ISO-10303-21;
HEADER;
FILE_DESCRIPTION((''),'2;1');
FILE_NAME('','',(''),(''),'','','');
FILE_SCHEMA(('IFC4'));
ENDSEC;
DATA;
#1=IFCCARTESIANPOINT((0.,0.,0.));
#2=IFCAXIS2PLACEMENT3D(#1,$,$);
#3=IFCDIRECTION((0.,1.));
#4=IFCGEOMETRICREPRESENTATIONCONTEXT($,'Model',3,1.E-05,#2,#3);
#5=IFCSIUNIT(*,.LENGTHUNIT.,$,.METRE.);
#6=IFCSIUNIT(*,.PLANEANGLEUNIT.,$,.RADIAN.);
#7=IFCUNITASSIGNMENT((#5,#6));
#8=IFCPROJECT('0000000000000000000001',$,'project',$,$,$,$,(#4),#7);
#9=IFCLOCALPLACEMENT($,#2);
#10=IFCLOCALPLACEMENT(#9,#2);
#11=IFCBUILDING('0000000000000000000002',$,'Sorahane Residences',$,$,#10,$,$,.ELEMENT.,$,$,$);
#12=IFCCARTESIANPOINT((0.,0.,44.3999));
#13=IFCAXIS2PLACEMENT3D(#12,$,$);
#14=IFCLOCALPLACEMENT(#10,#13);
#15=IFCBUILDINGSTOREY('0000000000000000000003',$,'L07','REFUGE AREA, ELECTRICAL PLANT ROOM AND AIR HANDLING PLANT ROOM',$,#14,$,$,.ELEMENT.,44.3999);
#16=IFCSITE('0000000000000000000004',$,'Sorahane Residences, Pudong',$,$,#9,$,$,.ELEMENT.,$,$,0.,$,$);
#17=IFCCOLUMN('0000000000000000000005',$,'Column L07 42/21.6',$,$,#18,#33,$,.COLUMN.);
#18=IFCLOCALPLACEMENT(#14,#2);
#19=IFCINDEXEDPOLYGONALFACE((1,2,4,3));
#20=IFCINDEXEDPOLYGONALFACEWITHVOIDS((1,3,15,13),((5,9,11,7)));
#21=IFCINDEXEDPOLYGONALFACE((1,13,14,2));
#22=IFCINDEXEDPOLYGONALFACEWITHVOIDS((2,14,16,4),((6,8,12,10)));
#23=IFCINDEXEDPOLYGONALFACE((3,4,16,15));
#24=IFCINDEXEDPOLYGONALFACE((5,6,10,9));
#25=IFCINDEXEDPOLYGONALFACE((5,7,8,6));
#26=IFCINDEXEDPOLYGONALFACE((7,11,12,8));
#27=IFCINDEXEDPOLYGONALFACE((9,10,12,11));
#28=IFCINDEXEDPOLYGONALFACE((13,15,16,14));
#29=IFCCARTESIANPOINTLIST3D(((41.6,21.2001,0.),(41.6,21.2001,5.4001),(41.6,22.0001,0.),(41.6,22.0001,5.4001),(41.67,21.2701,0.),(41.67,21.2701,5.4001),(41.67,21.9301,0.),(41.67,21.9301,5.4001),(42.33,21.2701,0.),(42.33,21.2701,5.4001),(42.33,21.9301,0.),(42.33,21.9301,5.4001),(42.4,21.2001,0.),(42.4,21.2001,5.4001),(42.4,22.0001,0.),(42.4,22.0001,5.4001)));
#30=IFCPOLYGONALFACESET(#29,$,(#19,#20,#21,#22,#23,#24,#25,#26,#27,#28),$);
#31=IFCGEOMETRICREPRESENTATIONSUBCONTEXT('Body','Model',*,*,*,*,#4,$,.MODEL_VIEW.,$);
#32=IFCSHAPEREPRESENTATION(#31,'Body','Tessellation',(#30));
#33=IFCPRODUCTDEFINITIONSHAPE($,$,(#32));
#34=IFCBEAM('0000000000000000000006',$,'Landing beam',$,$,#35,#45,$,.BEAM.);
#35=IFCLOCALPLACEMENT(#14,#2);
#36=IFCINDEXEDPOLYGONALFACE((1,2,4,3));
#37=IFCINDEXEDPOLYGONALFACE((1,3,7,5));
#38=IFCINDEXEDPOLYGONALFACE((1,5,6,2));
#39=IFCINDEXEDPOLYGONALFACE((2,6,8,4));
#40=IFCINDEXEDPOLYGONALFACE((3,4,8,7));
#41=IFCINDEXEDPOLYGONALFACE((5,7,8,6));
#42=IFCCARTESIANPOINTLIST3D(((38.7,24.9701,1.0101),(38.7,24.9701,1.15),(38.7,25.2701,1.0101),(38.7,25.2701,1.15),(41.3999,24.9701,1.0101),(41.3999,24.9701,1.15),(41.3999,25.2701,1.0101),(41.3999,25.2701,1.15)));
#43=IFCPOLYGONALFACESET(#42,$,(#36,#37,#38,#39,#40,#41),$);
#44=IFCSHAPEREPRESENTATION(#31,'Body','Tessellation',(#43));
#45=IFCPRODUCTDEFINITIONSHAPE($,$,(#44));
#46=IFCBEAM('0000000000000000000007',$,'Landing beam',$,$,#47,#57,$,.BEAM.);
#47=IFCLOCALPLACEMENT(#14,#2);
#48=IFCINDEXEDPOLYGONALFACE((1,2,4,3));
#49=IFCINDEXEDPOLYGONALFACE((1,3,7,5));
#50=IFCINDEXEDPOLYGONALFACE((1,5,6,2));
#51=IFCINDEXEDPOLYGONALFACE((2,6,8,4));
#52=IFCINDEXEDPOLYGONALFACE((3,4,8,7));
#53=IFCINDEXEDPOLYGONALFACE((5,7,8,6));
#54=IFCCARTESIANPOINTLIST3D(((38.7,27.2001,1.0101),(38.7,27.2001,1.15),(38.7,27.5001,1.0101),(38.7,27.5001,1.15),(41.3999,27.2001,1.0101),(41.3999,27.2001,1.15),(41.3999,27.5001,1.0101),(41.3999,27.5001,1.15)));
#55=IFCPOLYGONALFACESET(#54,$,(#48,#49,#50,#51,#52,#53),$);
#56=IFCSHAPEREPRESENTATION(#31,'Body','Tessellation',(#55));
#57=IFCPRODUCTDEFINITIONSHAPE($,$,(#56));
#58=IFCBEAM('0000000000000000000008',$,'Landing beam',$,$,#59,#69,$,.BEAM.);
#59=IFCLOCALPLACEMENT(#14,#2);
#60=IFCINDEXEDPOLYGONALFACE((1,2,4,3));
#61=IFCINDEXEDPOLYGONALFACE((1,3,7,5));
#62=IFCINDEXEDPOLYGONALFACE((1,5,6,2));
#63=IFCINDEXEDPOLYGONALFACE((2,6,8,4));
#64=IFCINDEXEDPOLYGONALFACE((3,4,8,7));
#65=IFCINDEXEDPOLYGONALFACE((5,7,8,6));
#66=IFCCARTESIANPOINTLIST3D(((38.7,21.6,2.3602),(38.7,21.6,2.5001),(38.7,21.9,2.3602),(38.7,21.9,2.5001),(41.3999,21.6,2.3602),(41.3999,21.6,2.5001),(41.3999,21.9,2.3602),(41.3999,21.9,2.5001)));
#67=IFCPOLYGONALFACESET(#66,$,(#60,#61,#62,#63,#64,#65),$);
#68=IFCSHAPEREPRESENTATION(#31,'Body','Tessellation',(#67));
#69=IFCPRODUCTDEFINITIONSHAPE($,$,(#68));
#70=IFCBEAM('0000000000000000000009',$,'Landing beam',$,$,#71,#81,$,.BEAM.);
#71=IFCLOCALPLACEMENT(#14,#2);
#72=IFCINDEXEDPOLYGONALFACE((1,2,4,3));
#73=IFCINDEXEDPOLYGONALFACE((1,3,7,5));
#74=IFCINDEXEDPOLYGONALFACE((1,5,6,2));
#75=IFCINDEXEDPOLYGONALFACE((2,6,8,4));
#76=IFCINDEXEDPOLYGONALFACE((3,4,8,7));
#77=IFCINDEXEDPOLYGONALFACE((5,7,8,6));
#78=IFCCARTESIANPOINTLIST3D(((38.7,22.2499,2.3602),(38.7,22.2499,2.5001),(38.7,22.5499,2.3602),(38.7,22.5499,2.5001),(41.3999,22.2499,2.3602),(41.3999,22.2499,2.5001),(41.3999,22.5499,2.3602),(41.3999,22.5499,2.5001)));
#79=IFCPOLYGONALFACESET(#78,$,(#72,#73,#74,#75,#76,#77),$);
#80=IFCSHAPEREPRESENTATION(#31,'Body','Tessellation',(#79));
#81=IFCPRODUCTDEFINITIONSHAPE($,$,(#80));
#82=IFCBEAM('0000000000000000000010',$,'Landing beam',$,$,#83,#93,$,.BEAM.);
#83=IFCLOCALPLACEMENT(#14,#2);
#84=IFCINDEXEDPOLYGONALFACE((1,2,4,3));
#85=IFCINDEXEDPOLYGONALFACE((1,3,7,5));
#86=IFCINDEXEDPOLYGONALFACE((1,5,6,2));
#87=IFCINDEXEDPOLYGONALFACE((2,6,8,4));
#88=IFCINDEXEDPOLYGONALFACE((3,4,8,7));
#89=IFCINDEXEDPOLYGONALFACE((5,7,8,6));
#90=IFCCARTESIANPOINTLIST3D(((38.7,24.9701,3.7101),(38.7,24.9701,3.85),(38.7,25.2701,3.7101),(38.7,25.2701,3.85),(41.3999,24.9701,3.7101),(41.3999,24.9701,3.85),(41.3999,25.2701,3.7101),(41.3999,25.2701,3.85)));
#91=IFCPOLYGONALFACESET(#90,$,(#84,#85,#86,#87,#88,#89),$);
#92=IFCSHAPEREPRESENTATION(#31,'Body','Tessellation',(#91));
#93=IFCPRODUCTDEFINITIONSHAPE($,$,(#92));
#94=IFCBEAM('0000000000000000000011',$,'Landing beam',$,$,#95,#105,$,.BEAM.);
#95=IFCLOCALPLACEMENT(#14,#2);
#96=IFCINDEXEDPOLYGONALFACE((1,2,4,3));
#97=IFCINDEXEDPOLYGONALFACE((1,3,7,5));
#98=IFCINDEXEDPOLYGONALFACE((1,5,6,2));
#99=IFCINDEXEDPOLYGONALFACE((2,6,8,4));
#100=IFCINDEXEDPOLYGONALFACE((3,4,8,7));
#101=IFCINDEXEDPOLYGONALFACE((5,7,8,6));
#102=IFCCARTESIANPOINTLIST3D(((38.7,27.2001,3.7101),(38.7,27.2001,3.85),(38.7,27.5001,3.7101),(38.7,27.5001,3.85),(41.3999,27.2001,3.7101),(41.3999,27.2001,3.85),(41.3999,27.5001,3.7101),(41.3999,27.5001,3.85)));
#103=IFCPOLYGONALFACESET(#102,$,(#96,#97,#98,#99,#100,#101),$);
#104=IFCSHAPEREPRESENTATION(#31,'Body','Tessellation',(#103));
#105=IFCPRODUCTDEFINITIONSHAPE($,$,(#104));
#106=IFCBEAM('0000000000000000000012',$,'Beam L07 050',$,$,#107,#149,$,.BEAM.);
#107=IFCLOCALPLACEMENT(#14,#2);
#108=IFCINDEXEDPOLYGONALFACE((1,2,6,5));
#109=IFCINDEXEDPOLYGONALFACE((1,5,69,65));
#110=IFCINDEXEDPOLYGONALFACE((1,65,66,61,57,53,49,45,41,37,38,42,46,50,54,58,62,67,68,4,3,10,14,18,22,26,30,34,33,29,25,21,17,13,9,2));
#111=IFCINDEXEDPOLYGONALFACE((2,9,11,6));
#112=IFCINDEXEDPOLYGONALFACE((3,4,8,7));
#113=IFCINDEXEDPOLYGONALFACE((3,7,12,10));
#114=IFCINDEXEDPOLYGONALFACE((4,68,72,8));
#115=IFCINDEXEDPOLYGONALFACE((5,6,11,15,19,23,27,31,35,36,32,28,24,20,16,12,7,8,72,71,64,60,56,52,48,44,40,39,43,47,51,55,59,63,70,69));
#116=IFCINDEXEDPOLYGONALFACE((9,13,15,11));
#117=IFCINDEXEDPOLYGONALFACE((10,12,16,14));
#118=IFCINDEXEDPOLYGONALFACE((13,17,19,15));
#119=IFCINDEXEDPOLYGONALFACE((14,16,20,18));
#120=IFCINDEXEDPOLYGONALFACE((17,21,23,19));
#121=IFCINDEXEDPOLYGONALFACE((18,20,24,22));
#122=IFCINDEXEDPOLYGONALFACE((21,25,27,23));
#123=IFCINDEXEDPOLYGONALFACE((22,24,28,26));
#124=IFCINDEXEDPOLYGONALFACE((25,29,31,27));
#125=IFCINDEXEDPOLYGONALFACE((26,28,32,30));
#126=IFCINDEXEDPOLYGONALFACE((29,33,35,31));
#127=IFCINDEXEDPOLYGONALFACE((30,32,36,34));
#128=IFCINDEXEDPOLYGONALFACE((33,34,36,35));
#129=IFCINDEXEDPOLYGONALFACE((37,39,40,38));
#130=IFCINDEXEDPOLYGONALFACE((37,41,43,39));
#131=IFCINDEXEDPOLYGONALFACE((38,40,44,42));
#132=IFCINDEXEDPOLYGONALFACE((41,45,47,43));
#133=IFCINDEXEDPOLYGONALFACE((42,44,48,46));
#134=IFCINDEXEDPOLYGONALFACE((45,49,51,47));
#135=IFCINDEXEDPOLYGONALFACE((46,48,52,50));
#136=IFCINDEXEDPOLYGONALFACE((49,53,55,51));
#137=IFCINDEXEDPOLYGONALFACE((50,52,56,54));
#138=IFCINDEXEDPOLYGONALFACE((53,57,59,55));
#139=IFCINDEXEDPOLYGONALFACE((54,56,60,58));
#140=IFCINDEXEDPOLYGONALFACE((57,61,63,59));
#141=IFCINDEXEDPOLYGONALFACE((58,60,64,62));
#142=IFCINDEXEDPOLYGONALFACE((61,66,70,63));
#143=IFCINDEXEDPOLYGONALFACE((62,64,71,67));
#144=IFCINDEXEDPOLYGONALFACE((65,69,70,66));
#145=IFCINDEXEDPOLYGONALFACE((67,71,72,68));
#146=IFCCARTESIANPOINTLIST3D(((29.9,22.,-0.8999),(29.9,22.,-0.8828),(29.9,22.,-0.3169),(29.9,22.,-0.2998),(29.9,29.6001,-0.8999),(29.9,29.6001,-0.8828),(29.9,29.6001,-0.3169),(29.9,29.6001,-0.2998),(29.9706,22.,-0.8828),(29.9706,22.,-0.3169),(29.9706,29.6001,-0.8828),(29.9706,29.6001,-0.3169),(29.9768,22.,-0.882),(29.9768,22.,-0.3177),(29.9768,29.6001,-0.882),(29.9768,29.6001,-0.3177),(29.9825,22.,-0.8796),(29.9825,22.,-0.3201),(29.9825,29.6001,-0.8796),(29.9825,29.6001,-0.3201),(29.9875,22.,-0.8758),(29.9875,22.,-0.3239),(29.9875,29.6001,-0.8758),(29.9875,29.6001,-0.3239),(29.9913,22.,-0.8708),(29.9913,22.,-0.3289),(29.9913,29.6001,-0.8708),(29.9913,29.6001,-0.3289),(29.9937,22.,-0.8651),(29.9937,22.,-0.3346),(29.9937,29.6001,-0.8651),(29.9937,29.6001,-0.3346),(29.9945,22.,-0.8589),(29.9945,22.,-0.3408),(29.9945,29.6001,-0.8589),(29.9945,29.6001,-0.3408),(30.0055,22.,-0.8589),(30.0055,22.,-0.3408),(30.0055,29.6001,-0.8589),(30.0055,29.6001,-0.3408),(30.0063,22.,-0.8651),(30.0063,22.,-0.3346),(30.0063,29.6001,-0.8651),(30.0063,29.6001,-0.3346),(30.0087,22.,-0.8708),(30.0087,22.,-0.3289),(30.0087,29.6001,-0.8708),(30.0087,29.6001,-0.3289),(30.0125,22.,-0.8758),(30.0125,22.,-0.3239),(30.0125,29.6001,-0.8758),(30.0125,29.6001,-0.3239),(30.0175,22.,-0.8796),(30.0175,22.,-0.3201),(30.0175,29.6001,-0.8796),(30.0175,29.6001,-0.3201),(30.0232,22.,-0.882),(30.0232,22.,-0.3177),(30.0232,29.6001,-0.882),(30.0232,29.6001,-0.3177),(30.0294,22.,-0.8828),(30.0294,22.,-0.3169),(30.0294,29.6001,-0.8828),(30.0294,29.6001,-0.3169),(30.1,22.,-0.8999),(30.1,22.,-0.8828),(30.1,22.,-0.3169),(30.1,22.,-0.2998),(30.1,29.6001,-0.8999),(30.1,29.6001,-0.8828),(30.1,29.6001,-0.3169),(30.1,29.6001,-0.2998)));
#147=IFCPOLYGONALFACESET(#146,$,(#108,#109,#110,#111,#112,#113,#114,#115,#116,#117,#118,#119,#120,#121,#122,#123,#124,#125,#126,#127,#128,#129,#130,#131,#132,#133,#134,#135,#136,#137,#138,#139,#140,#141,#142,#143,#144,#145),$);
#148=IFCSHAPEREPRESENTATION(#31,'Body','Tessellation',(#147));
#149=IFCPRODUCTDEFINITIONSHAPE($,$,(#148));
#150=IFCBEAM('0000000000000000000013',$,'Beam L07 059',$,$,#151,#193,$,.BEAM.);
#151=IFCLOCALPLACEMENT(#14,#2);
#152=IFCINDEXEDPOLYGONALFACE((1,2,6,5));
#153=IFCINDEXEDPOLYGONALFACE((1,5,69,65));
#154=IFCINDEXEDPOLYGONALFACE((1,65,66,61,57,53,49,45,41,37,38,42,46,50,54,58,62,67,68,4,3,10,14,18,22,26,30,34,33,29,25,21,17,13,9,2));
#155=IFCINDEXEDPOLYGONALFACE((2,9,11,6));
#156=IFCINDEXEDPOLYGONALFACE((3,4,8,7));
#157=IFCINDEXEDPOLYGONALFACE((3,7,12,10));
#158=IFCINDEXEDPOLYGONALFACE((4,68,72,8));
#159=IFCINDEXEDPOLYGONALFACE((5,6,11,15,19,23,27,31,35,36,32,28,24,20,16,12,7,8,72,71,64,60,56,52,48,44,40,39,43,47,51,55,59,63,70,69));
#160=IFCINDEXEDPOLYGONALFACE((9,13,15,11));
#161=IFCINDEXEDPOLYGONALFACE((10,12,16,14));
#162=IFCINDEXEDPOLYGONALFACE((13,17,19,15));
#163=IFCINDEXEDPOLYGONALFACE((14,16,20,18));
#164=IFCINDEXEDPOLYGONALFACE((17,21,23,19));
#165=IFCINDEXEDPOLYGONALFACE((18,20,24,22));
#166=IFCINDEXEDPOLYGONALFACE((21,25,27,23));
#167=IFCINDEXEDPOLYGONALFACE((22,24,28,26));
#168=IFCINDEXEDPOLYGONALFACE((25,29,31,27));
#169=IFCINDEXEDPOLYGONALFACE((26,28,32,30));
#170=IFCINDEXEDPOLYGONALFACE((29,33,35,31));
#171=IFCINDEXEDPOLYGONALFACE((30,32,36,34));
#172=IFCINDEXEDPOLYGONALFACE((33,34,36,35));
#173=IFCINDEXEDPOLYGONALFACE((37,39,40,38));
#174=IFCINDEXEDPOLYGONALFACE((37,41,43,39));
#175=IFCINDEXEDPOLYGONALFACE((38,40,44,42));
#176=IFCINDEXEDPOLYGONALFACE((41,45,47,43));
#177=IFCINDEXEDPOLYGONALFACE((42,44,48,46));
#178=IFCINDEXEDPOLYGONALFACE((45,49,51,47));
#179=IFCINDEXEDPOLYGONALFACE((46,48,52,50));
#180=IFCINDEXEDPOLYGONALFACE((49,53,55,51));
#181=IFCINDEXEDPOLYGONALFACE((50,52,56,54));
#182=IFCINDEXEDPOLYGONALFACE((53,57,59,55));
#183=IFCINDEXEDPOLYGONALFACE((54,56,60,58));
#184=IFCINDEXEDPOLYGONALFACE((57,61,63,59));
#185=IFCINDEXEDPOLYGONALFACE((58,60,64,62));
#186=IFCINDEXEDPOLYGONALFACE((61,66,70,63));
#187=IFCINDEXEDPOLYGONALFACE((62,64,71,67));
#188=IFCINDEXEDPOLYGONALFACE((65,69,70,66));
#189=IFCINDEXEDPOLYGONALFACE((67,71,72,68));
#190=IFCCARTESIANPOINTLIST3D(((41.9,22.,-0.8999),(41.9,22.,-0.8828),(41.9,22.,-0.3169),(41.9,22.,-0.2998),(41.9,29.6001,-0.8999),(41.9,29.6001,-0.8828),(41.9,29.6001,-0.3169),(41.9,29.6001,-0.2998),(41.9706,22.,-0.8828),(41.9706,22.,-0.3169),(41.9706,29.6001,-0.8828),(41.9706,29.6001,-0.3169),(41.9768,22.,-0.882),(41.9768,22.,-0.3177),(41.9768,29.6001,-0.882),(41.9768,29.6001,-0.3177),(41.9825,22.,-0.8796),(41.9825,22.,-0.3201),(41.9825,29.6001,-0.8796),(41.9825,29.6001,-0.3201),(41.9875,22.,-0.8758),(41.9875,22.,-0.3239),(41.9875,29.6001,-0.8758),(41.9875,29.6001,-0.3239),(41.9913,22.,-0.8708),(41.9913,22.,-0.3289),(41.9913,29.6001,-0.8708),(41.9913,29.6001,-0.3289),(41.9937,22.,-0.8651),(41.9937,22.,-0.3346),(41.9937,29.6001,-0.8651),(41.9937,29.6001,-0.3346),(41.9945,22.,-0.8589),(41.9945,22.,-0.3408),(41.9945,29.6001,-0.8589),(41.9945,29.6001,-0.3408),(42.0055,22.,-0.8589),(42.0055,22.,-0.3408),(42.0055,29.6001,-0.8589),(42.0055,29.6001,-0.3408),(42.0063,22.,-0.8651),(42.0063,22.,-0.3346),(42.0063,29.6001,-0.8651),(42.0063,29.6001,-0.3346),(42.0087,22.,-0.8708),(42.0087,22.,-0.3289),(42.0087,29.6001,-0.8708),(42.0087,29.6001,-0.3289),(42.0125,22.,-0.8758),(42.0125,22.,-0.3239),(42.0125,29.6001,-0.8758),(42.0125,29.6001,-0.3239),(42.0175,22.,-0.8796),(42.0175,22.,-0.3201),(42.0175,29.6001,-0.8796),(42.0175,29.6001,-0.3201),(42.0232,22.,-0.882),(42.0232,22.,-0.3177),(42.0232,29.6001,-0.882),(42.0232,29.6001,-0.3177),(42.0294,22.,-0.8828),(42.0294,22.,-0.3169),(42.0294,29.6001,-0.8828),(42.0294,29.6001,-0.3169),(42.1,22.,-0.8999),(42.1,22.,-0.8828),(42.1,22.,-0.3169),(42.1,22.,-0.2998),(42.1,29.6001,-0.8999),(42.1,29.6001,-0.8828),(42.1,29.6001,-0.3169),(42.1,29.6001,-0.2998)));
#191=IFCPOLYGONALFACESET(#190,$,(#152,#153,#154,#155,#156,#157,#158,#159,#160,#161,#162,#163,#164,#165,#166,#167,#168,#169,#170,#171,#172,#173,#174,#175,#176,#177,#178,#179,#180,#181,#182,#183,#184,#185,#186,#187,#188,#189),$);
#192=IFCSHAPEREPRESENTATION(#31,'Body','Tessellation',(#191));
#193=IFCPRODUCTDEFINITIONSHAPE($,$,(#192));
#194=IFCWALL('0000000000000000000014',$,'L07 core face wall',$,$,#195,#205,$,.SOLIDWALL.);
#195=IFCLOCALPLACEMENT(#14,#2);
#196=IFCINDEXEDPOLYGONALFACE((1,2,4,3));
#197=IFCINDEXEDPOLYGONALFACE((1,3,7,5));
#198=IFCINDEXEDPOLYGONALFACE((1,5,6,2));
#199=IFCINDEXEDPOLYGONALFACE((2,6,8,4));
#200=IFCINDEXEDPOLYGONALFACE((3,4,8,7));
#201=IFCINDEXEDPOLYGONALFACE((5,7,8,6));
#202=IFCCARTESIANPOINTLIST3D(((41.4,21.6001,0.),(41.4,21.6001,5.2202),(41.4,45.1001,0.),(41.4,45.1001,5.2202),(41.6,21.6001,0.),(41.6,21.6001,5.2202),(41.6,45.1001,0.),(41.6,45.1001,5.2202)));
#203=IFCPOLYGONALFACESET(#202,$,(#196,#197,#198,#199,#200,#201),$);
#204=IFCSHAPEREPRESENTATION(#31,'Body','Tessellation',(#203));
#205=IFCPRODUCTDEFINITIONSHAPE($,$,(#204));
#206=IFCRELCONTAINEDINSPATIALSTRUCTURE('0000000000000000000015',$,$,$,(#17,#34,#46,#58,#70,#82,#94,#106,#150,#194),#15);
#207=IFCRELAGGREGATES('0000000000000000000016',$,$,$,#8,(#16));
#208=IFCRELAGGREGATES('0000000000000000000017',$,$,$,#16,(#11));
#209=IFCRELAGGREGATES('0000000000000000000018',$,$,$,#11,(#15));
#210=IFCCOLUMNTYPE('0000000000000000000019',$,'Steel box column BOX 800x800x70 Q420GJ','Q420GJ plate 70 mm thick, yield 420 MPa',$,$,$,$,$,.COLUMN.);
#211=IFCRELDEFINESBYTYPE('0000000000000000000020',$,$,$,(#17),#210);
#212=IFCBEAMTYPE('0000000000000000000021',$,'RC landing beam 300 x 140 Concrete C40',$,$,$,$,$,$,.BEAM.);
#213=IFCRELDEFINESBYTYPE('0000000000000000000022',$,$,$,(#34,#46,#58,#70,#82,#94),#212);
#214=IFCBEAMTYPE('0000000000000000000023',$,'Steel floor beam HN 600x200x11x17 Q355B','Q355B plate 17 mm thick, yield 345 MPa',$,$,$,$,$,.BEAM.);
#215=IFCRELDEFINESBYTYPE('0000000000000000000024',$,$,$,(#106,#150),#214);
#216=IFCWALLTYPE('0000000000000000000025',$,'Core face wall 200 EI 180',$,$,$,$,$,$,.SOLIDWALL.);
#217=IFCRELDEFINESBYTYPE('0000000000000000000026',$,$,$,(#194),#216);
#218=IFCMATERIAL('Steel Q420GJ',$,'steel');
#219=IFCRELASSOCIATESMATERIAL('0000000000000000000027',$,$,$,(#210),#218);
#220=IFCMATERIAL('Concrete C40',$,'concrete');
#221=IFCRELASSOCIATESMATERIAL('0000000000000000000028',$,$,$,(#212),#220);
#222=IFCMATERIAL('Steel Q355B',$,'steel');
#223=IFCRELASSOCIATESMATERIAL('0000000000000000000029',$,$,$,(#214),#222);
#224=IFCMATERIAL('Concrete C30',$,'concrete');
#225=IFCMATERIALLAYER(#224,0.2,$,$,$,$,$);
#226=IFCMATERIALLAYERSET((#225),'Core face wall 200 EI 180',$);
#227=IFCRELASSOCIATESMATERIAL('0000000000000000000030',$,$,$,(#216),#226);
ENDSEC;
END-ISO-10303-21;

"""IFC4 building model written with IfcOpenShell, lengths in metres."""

from ifc_helpers import new_model, si_unit, direction, frame, frame_2d, origin, origin_2d, place, context, subcontext, project, spatial, rectangle, hollow_rectangle, i_section, extrude, material, layer, layer_set, material_profile, profile_set, type_object, element, save


model = new_model("IFC4")

# Units and contexts
model_context = context("Model", 3, precision=1e-05, world=origin(), true_north=direction((0.0, 1.0)))
body_context = subcontext(model_context, "Body", "Model", "MODEL_VIEW")
ifc_project = project(units=[si_unit("LENGTHUNIT", "METRE"), si_unit("PLANEANGLEUNIT", "RADIAN")], contexts=[model_context])

# Site, building, storey
site_placement = place(None, origin())
site = spatial("IfcSite", under=ifc_project, at=site_placement, Name="Sorahane Residences, Pudong", CompositionType="ELEMENT", RefElevation=0.0)
building_placement = place(site_placement, origin())
building = spatial("IfcBuilding", under=site, at=building_placement, Name="Sorahane Residences", CompositionType="ELEMENT")
storey_placement = place(building_placement, frame((0.0, 0.0, 44.3999)))
storey = spatial("IfcBuildingStorey", under=building, at=storey_placement, Name="L07", Description="REFUGE AREA, ELECTRICAL PLANT ROOM AND AIR HANDLING PLANT ROOM", CompositionType="ELEMENT", Elevation=44.3999)

# Column
ifc_material_1 = material(Name="Steel Q420GJ", Category="steel")
ifc_material_profile_1 = material_profile(ifc_material_1, hollow_rectangle(XDim=0.8, YDim=0.8, WallThickness=0.0701, at=origin_2d()), Name="BOX 800x800x70")
ifc_profile_set_1 = profile_set([ifc_material_profile_1], Name="Steel Q420GJ")
column_type = type_object("IfcColumnType", Name="Steel box column BOX 800x800x70 Q420GJ", Description="Q420GJ plate 70 mm thick, yield 420 MPa", PredefinedType="COLUMN", material=ifc_profile_set_1)
column_placement = place(storey_placement, frame((42.0, 21.6001, 0.0), z_axis=(0.0, 0.0, 1.0), x_axis=(1.0, 0.0, 0.0)))
element("IfcColumn", 1, at=column_placement, inside=storey, type_object=column_type, Name="Column L07 42/21.6", PredefinedType="COLUMN", context=body_context, shape_type="SweptSolid", body=[
    extrude(hollow_rectangle(XDim=0.8, YDim=0.8, WallThickness=0.0701, at=origin_2d()), origin(), (0.0, 0.0, 1.0), 5.4001),
])

# Beams
ifc_material_2 = material(Name="Concrete C40", Category="concrete")
ifc_material_profile_2 = material_profile(ifc_material_2, rectangle(XDim=0.3, YDim=0.1399, at=origin_2d()), Name="300x140")
ifc_profile_set_2 = profile_set([ifc_material_profile_2], Name="Concrete C40")
beam_type_1 = type_object("IfcBeamType", Name="RC landing beam 300 x 140 Concrete C40", PredefinedType="BEAM", material=ifc_profile_set_2)
for number, where, z_axis, x_axis, name in (
    (2, (38.7, 25.1201, 1.0801), (1.0, 0.0, 0.0), (0.0, 1.0, 0.0), "Landing beam"),
    (3, (38.7, 27.3501, 1.0801), (1.0, 0.0, 0.0), (0.0, 1.0, 0.0), "Landing beam"),
    (4, (38.7, 21.75, 2.4302), (1.0, 0.0, 0.0), (0.0, 1.0, 0.0), "Landing beam"),
    (5, (38.7, 22.3999, 2.4302), (1.0, 0.0, 0.0), (0.0, 1.0, 0.0), "Landing beam"),
    (6, (38.7, 25.1201, 3.78), (1.0, 0.0, 0.0), (0.0, 1.0, 0.0), "Landing beam"),
    (7, (38.7, 27.3501, 3.78), (1.0, 0.0, 0.0), (0.0, 1.0, 0.0), "Landing beam"),
):
    element("IfcBeam", number, at=place(storey_placement, frame(where, z_axis=z_axis, x_axis=x_axis)), inside=storey, type_object=beam_type_1, Name=name, PredefinedType="BEAM", context=body_context, shape_type="SweptSolid", body=[
        extrude(rectangle(XDim=0.3, YDim=0.1399, at=origin_2d()), origin(), (0.0, 0.0, 1.0), 2.7),
    ])
ifc_material_3 = material(Name="Steel Q355B", Category="steel")
ifc_material_profile_3 = material_profile(ifc_material_3, i_section(OverallWidth=0.2, OverallDepth=0.6001, WebThickness=0.011, FlangeThickness=0.0171, FilletRadius=0.0239, at=origin_2d()), Name="HN 600x200x11x17")
ifc_profile_set_3 = profile_set([ifc_material_profile_3], Name="Steel Q355B")
beam_type_2 = type_object("IfcBeamType", Name="Steel floor beam HN 600x200x11x17 Q355B", Description="Q355B plate 17 mm thick, yield 345 MPa", PredefinedType="BEAM", material=ifc_profile_set_3)
for number, where, z_axis, x_axis, name in (
    (8, (30.0, 22.0, -0.5999), (0.0, 1.0, 0.0), (-1.0, 0.0, 0.0), "Beam L07 050"),
    (9, (42.0, 22.0, -0.5999), (0.0, 1.0, 0.0), (-1.0, 0.0, 0.0), "Beam L07 059"),
):
    element("IfcBeam", number, at=place(storey_placement, frame(where, z_axis=z_axis, x_axis=x_axis)), inside=storey, type_object=beam_type_2, Name=name, PredefinedType="BEAM", context=body_context, shape_type="SweptSolid", body=[
        extrude(i_section(OverallWidth=0.2, OverallDepth=0.6001, WebThickness=0.011, FlangeThickness=0.0171, FilletRadius=0.0239, at=origin_2d()), origin(), (0.0, 0.0, 1.0), 7.6001),
    ])

# Wall
ifc_material_4 = material(Name="Concrete C30", Category="concrete")
ifc_layer_1 = layer(ifc_material_4, 0.2)
ifc_layer_set_1 = layer_set([ifc_layer_1], Name="Core face wall 200 EI 180")
wall_type_1 = type_object("IfcWallType", Name="Core face wall 200 EI 180", PredefinedType="SOLIDWALL", material=ifc_layer_set_1)
wall_1_placement = place(storey_placement, frame((41.5, 21.6001, 0.0), z_axis=(0.0, 0.0, 1.0), x_axis=(0.0, 1.0, 0.0)))
element("IfcWall", 10, at=wall_1_placement, inside=storey, type_object=wall_type_1, Name="L07 core face wall", PredefinedType="SOLIDWALL", context=body_context, shape_type="SweptSolid", body=[
    extrude(rectangle(XDim=23.5, YDim=0.2, at=frame_2d((11.75, 0.0))), origin(), (0.0, 0.0, 1.0), 5.2202),
])

save(model, "model.ifc")
